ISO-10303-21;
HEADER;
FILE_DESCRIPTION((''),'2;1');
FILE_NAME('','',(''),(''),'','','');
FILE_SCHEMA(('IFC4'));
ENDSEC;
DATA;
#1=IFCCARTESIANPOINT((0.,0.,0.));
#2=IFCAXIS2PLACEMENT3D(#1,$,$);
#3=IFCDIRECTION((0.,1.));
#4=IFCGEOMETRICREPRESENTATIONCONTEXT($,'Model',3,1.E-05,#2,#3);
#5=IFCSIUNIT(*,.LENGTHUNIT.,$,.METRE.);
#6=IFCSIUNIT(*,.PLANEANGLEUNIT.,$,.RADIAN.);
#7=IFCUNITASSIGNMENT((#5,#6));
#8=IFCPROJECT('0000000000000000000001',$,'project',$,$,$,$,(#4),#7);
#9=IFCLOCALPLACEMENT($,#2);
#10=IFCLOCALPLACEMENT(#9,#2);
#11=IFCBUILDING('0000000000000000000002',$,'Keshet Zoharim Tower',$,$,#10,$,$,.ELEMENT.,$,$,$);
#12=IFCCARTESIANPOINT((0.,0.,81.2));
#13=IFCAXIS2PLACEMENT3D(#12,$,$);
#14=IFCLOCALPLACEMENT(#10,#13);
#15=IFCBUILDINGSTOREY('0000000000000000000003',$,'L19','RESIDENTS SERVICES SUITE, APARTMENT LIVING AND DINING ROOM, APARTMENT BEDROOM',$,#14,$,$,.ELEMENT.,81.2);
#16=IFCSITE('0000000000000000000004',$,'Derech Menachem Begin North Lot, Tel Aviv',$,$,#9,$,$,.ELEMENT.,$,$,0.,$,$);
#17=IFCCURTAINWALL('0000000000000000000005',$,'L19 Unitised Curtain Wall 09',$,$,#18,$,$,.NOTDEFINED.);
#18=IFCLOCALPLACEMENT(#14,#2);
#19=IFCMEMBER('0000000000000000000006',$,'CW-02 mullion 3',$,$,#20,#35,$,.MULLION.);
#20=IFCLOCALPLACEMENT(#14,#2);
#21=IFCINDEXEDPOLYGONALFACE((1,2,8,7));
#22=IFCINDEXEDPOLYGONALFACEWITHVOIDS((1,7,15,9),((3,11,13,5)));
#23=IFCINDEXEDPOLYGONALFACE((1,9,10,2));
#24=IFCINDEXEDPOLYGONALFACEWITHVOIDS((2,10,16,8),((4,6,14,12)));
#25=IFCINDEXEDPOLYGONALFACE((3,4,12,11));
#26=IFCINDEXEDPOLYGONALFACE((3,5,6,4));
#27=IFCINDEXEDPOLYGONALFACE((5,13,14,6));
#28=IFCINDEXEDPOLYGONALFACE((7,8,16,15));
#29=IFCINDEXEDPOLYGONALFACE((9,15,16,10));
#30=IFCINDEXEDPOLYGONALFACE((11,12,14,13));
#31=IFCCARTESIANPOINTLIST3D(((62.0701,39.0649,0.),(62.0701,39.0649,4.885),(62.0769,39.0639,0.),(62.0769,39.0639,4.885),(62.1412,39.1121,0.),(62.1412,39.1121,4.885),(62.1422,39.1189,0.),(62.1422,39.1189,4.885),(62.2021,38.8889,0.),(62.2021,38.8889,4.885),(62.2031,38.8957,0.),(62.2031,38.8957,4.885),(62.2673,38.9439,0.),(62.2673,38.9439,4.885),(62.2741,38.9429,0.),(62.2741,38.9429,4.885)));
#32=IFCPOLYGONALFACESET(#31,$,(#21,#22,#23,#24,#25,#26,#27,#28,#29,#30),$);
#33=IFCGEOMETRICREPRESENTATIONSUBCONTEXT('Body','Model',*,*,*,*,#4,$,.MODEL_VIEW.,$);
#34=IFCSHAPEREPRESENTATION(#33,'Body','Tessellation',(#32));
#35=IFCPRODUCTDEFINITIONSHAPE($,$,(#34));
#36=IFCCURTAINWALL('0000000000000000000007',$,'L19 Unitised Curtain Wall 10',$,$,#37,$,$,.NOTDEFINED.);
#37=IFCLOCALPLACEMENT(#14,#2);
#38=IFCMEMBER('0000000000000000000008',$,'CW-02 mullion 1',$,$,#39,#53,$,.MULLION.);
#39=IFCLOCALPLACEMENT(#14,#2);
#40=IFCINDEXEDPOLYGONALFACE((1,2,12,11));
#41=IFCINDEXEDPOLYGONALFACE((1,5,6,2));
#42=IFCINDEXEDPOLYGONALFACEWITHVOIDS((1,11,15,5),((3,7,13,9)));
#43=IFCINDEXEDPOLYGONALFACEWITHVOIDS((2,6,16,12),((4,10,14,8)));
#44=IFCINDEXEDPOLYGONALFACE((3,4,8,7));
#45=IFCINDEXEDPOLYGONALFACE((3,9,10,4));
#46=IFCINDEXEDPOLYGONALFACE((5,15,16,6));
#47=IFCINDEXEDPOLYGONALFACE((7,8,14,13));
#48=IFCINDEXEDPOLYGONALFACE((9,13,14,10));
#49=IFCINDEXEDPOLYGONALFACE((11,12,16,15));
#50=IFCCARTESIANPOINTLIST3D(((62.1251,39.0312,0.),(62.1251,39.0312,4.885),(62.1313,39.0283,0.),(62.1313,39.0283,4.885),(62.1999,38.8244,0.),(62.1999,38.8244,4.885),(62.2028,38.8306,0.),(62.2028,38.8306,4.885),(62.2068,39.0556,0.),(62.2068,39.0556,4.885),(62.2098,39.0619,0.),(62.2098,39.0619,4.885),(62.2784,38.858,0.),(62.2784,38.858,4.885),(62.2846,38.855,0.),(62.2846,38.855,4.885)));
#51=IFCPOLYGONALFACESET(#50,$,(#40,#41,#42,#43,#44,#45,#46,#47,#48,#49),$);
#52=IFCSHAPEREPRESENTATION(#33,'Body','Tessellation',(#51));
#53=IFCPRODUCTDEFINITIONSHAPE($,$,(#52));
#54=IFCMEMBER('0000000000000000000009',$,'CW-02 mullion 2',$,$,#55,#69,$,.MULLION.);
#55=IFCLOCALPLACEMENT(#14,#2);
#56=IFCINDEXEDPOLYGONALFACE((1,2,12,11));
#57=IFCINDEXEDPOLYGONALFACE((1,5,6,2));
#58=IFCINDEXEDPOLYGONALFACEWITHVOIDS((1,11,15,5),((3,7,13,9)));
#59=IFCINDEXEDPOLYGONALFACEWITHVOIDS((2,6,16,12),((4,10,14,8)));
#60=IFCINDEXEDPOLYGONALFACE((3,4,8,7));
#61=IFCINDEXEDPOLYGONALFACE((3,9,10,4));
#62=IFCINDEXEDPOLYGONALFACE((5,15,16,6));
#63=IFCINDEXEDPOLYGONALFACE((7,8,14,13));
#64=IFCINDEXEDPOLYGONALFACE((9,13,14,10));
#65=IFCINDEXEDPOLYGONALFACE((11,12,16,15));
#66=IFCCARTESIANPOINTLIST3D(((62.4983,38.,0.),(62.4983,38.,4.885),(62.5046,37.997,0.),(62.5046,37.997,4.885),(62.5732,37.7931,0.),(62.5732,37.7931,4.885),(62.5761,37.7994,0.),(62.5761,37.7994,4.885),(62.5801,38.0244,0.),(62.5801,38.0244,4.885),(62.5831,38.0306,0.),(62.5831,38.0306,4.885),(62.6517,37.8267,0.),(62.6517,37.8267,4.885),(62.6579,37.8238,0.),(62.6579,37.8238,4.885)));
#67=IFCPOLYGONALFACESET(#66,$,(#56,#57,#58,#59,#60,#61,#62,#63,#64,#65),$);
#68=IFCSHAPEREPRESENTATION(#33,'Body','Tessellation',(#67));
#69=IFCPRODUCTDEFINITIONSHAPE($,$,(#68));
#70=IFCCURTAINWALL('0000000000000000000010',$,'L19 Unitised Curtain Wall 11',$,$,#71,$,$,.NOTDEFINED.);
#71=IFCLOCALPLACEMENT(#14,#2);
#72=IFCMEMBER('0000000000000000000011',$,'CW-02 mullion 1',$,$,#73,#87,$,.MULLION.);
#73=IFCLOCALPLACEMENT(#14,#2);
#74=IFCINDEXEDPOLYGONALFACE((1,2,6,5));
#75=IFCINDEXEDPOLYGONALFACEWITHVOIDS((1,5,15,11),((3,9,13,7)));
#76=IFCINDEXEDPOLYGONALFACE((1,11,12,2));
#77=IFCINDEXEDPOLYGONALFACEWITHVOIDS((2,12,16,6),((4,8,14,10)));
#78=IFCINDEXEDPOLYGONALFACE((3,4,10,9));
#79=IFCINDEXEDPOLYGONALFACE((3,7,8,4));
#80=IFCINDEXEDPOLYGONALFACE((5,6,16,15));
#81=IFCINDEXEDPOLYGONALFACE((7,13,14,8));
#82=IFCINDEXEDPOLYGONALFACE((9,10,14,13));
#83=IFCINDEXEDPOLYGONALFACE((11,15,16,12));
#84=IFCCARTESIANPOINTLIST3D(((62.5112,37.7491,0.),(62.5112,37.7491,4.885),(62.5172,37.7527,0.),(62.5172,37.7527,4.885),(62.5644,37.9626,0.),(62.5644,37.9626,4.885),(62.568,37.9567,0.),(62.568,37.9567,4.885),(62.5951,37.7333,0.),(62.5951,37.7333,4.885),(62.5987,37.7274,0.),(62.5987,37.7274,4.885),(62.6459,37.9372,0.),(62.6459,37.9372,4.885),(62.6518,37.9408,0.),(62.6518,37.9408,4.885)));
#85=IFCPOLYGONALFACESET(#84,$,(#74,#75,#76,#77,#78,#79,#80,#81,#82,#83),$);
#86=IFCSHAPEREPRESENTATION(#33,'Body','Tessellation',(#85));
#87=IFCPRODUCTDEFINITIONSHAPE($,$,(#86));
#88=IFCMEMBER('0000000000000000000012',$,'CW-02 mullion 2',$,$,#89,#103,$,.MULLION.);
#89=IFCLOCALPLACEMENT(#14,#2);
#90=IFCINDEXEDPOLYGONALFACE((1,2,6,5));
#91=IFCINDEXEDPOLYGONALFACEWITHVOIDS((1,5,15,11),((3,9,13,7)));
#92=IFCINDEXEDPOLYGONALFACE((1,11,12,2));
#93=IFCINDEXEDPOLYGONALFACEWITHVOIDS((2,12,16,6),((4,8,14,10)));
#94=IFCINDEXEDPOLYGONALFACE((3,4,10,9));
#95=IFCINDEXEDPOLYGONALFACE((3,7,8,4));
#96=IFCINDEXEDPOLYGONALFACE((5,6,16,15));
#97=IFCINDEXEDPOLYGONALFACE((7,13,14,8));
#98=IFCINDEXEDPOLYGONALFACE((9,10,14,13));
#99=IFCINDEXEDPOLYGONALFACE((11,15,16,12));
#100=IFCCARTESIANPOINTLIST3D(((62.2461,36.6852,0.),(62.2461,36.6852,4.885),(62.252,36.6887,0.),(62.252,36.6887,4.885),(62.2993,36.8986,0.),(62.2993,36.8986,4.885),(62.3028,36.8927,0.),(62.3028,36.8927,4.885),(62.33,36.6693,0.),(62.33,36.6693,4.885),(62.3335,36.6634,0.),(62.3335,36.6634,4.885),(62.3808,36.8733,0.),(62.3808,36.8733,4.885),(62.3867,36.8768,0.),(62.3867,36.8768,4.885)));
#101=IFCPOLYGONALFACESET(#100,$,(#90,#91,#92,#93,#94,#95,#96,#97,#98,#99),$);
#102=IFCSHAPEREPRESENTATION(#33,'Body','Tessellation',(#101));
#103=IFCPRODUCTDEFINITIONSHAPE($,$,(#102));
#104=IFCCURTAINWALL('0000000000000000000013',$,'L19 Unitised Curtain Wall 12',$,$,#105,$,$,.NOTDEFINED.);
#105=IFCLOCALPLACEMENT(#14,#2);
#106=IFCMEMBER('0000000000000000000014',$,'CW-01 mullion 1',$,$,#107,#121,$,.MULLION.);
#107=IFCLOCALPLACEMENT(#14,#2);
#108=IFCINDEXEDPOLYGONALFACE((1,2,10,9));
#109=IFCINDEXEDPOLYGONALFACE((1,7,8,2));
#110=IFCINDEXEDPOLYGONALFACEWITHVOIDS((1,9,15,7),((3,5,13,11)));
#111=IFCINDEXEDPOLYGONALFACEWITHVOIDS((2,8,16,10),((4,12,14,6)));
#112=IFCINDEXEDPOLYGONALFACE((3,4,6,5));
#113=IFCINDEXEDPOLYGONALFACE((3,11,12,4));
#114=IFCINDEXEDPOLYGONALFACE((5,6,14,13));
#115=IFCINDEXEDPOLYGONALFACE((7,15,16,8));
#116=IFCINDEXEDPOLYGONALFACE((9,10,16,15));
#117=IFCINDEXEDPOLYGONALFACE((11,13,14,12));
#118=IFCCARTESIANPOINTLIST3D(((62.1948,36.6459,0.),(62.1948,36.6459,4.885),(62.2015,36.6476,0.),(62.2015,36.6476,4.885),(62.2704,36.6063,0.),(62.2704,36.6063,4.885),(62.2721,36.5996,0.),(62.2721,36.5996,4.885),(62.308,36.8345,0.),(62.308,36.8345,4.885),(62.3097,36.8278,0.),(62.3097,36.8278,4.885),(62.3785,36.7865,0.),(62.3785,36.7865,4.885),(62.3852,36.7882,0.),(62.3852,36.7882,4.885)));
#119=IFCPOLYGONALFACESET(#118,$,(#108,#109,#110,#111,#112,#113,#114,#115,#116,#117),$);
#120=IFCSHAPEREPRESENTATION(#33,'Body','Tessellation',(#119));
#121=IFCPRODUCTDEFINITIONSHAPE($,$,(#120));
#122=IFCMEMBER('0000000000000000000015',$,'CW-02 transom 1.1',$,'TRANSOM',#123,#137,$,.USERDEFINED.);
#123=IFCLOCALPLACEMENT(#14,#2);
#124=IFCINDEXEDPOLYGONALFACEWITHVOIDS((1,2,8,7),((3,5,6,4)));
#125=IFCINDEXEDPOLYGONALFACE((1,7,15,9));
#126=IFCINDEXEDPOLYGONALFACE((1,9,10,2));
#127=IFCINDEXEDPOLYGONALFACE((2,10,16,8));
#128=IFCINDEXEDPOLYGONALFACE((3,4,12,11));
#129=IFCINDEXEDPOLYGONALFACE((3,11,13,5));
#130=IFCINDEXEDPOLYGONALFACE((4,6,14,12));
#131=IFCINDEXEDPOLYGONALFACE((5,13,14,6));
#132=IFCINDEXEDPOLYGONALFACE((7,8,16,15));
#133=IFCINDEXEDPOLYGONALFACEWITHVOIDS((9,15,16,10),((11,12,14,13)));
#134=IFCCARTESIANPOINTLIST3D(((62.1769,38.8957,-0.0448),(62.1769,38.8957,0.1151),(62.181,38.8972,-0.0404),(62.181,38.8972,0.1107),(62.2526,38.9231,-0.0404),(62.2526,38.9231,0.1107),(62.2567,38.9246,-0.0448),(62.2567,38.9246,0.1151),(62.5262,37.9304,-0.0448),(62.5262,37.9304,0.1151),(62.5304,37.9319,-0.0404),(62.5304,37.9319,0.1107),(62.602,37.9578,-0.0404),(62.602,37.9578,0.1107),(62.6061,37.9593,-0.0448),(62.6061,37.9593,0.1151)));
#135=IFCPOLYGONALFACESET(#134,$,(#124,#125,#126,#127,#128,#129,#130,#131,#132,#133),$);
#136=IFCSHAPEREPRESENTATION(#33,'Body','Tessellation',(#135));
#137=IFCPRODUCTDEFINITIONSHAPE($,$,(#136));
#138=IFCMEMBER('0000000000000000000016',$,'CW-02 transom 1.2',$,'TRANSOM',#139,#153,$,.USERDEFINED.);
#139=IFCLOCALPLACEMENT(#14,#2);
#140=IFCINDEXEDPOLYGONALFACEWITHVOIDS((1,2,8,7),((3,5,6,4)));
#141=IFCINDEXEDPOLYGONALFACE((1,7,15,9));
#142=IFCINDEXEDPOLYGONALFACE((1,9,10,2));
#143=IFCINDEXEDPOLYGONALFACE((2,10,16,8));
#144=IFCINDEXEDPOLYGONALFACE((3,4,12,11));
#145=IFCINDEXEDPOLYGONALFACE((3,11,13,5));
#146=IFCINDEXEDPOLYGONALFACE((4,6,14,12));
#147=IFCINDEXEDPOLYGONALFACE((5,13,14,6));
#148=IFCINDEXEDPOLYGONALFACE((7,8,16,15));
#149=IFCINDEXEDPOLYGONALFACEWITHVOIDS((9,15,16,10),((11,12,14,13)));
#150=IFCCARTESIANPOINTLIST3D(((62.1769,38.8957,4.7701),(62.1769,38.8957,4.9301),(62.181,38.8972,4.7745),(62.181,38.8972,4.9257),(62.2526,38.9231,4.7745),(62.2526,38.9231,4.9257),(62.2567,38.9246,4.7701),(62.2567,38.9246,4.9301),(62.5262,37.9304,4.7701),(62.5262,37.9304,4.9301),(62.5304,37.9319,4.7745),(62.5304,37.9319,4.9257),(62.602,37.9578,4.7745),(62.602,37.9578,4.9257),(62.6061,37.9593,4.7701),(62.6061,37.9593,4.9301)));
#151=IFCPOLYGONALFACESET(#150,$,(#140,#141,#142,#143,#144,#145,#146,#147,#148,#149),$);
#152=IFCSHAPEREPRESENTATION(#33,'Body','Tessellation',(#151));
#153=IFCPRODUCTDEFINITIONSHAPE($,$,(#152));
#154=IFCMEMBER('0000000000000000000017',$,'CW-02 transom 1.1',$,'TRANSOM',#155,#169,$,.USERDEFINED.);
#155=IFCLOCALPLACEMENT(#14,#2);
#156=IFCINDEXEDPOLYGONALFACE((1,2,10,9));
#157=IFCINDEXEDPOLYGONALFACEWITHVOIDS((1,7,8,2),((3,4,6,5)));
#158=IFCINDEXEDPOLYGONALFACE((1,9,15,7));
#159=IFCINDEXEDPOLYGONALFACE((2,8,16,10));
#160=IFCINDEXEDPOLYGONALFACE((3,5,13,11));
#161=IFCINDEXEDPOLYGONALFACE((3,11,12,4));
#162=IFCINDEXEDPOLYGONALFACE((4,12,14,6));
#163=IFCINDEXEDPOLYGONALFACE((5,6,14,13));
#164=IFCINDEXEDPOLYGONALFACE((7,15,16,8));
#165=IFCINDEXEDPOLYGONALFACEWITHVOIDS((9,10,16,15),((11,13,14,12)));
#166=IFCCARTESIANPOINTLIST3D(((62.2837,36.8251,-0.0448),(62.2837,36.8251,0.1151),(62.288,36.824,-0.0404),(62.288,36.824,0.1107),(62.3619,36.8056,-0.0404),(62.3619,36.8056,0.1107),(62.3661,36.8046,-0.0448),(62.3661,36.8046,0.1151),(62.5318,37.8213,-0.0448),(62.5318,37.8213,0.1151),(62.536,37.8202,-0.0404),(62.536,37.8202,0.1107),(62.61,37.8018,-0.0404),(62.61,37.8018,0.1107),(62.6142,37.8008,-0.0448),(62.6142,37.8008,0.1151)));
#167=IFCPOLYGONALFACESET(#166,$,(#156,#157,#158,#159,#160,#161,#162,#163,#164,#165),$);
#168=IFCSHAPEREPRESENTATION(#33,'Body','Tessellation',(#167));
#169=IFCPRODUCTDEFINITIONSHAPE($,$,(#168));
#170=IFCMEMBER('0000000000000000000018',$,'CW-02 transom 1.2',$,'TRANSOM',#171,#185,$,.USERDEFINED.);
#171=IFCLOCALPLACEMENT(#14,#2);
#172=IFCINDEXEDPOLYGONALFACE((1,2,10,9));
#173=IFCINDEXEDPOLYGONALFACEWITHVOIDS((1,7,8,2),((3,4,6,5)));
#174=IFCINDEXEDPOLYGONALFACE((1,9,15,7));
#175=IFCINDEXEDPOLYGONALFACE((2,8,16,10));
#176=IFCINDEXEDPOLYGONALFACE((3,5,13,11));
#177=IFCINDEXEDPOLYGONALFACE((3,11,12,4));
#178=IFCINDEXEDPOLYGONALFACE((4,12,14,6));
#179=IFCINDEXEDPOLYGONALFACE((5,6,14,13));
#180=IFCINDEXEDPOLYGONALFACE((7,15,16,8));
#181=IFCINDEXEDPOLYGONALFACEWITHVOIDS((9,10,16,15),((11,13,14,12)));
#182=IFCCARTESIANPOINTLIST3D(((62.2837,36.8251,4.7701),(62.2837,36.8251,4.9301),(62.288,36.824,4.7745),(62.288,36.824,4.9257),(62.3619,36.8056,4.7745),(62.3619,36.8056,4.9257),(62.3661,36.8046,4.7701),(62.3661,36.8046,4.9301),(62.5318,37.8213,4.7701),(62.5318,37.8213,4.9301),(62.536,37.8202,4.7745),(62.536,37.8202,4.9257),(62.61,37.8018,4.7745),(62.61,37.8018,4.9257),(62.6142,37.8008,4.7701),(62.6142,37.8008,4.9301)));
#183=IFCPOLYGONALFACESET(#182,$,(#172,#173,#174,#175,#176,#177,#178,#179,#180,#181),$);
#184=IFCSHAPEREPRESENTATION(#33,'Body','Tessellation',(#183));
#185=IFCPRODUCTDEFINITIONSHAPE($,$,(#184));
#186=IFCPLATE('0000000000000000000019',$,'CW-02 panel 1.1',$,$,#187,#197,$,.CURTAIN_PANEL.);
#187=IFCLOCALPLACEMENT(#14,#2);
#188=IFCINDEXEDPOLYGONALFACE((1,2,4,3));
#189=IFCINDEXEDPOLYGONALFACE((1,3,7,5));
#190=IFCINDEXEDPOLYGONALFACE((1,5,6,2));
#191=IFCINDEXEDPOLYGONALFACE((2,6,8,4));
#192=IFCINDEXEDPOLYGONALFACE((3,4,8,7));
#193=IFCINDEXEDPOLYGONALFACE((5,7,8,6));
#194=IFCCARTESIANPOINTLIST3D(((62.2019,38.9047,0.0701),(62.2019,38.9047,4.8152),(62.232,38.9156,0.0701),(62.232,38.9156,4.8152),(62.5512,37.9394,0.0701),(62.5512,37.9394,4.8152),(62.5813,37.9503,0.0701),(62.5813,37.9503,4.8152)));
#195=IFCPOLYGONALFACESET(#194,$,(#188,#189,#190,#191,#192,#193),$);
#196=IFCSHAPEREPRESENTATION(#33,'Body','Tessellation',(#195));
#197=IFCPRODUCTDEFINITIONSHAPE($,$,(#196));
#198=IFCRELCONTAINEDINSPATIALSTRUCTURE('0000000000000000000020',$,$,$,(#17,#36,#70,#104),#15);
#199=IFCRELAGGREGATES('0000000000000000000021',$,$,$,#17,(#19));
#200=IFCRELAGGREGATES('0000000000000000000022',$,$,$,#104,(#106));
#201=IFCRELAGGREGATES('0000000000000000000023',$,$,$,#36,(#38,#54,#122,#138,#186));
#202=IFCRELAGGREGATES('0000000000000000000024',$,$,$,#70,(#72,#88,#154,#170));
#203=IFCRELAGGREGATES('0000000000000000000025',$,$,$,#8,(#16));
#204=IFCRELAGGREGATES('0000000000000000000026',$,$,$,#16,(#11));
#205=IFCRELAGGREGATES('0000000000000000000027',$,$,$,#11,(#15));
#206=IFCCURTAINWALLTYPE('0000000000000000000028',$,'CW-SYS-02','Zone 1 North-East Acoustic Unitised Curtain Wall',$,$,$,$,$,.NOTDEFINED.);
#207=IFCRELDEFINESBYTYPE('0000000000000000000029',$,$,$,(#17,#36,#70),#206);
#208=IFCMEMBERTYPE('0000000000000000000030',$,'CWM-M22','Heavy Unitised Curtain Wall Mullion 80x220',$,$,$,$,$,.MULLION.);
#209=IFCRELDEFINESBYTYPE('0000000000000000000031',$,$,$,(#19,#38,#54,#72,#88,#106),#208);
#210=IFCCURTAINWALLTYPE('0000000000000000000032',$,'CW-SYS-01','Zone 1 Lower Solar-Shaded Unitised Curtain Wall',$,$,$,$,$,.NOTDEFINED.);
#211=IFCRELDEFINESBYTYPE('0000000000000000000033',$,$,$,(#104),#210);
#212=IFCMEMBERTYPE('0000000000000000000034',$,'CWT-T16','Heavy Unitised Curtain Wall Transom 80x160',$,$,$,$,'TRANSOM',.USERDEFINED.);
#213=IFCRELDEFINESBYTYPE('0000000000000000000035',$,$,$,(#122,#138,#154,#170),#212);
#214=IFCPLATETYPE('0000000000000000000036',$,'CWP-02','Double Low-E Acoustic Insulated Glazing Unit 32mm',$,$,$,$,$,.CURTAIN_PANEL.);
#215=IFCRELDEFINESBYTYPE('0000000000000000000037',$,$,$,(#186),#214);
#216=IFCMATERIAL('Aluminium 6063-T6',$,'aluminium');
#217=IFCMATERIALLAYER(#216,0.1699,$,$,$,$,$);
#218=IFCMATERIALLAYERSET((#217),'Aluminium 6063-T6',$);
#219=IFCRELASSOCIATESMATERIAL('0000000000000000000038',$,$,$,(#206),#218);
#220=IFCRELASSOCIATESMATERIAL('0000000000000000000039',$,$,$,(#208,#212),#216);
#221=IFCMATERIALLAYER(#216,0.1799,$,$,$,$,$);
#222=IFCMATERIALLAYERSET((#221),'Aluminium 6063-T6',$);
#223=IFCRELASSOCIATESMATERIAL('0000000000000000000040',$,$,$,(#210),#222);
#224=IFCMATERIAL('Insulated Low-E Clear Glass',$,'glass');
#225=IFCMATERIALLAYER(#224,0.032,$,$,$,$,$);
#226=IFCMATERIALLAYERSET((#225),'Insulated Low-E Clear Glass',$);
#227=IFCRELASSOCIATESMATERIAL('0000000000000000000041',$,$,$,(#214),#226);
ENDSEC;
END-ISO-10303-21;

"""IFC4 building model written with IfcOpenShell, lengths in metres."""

from ifc_helpers import new_model, si_unit, direction, frame, origin, origin_2d, place, context, subcontext, project, spatial, rectangle, hollow_rectangle, extrude, material, layer, layer_set, material_profile, profile_set, type_object, element, aggregate, save


model = new_model("IFC4")

# Units and contexts
model_context = context("Model", 3, precision=1e-05, world=origin(), true_north=direction((0.0, 1.0)))
body_context = subcontext(model_context, "Body", "Model", "MODEL_VIEW")
ifc_project = project(units=[si_unit("LENGTHUNIT", "METRE"), si_unit("PLANEANGLEUNIT", "RADIAN")], contexts=[model_context])

# Site, building, storey
site_placement = place(None, origin())
site = spatial("IfcSite", under=ifc_project, at=site_placement, Name="Derech Menachem Begin North Lot, Tel Aviv", CompositionType="ELEMENT", RefElevation=0.0)
building_placement = place(site_placement, origin())
building = spatial("IfcBuilding", under=site, at=building_placement, Name="Keshet Zoharim Tower", CompositionType="ELEMENT")
storey_placement = place(building_placement, frame((0.0, 0.0, 81.2)))
storey = spatial("IfcBuildingStorey", under=building, at=storey_placement, Name="L19", Description="RESIDENTS SERVICES SUITE, APARTMENT LIVING AND DINING ROOM, APARTMENT BEDROOM", CompositionType="ELEMENT", Elevation=81.2)

# Curtain wall, member
ifc_material_1 = material(Name="Aluminium 6063-T6", Category="aluminium")
ifc_layer_1 = layer(ifc_material_1, 0.1699)
ifc_layer_set_1 = layer_set([ifc_layer_1], Name="Aluminium 6063-T6")
curtain_wall_type_1 = type_object("IfcCurtainWallType", Name="CW-SYS-02", Description="Zone 1 North-East Acoustic Unitised Curtain Wall", PredefinedType="NOTDEFINED", material=ifc_layer_set_1)
curtain_wall_1_placement = place(storey_placement, origin())
curtain_wall_1 = element("IfcCurtainWall", 1, at=curtain_wall_1_placement, inside=storey, type_object=curtain_wall_type_1, Name="L19 Unitised Curtain Wall 09", PredefinedType="NOTDEFINED")
ifc_material_profile_1 = material_profile(ifc_material_1, hollow_rectangle(XDim=0.0901, YDim=0.22, WallThickness=0.0049, at=origin_2d()), Name="MUL-90x220")
ifc_profile_set_1 = profile_set([ifc_material_profile_1], Name="Aluminium 6063-T6")
member_type_1 = type_object("IfcMemberType", Name="CWM-M22", Description="Heavy Unitised Curtain Wall Mullion 80x220", PredefinedType="MULLION", material=ifc_profile_set_1)
member_1_placement = place(storey_placement, frame((62.1721, 39.0039, 0.0), z_axis=(0.0, 0.0, 1.0), x_axis=(0.8, 0.6, 0.0)))
member_1 = element("IfcMember", 2, at=member_1_placement, type_object=member_type_1, Name="CW-02 mullion 3", PredefinedType="MULLION", context=body_context, shape_type="SweptSolid", body=[
    extrude(hollow_rectangle(XDim=0.0901, YDim=0.22, WallThickness=0.0049, at=origin_2d()), origin(), (0.0, 0.0, 1.0), 4.885),
])
aggregate(curtain_wall_1, [member_1])

# Curtain walls, members
curtain_wall_2_placement = place(storey_placement, origin())
curtain_wall_2 = element("IfcCurtainWall", 3, at=curtain_wall_2_placement, inside=storey, type_object=curtain_wall_type_1, Name="L19 Unitised Curtain Wall 10", PredefinedType="NOTDEFINED")
member_2_placement = place(storey_placement, frame((62.2048, 38.9431, 0.0), z_axis=(0.0, 0.0, 1.0), x_axis=(0.940318, 0.340297, 0.0)))
member_2 = element("IfcMember", 4, at=member_2_placement, type_object=member_type_1, Name="CW-02 mullion 1", PredefinedType="MULLION", context=body_context, shape_type="SweptSolid", body=[
    extrude(hollow_rectangle(XDim=0.0901, YDim=0.22, WallThickness=0.0049, at=origin_2d()), origin(), (0.0, 0.0, 1.0), 4.885),
])
member_3_placement = place(storey_placement, frame((62.5781, 37.9119, 0.0), z_axis=(0.0, 0.0, 1.0), x_axis=(0.940318, 0.340297, 0.0)))
member_3 = element("IfcMember", 5, at=member_3_placement, type_object=member_type_1, Name="CW-02 mullion 2", PredefinedType="MULLION", context=body_context, shape_type="SweptSolid", body=[
    extrude(hollow_rectangle(XDim=0.0901, YDim=0.22, WallThickness=0.0049, at=origin_2d()), origin(), (0.0, 0.0, 1.0), 4.885),
])
curtain_wall_3_placement = place(storey_placement, origin())
curtain_wall_3 = element("IfcCurtainWall", 6, at=curtain_wall_3_placement, inside=storey, type_object=curtain_wall_type_1, Name="L19 Unitised Curtain Wall 11", PredefinedType="NOTDEFINED")
member_4_placement = place(storey_placement, frame((62.5815, 37.845, 0.0), z_axis=(0.0, 0.0, 1.0), x_axis=(0.970344, -0.241729, 0.0)))
member_4 = element("IfcMember", 7, at=member_4_placement, type_object=member_type_1, Name="CW-02 mullion 1", PredefinedType="MULLION", context=body_context, shape_type="SweptSolid", body=[
    extrude(hollow_rectangle(XDim=0.0901, YDim=0.22, WallThickness=0.0049, at=origin_2d()), origin(), (0.0, 0.0, 1.0), 4.885),
])
member_5_placement = place(storey_placement, frame((62.3164, 36.781, 0.0), z_axis=(0.0, 0.0, 1.0), x_axis=(0.970344, -0.241729, 0.0)))
member_5 = element("IfcMember", 8, at=member_5_placement, type_object=member_type_1, Name="CW-02 mullion 2", PredefinedType="MULLION", context=body_context, shape_type="SweptSolid", body=[
    extrude(hollow_rectangle(XDim=0.0901, YDim=0.22, WallThickness=0.0049, at=origin_2d()), origin(), (0.0, 0.0, 1.0), 4.885),
])

# Curtain wall, member
ifc_layer_2 = layer(ifc_material_1, 0.1799)
ifc_layer_set_2 = layer_set([ifc_layer_2], Name="Aluminium 6063-T6")
curtain_wall_type_2 = type_object("IfcCurtainWallType", Name="CW-SYS-01", Description="Zone 1 Lower Solar-Shaded Unitised Curtain Wall", PredefinedType="NOTDEFINED", material=ifc_layer_set_2)
curtain_wall_4_placement = place(storey_placement, origin())
curtain_wall_4 = element("IfcCurtainWall", 9, at=curtain_wall_4_placement, inside=storey, type_object=curtain_wall_type_2, Name="L19 Unitised Curtain Wall 12", PredefinedType="NOTDEFINED")
member_6_placement = place(storey_placement, frame((62.29, 36.717, 0.0), z_axis=(0.0, 0.0, 1.0), x_axis=(0.857512, -0.514465, 0.0)))
member_6 = element("IfcMember", 10, at=member_6_placement, type_object=member_type_1, Name="CW-01 mullion 1", PredefinedType="MULLION", context=body_context, shape_type="SweptSolid", body=[
    extrude(hollow_rectangle(XDim=0.0901, YDim=0.22, WallThickness=0.0049, at=origin_2d()), origin(), (0.0, 0.0, 1.0), 4.885),
])
aggregate(curtain_wall_4, [member_6])

# Members
ifc_material_profile_2 = material_profile(ifc_material_1, hollow_rectangle(XDim=0.085, YDim=0.1599, WallThickness=0.0044, at=origin_2d()), Name="TRN-85x160")
ifc_profile_set_2 = profile_set([ifc_material_profile_2], Name="Aluminium 6063-T6")
member_type_2 = type_object("IfcMemberType", Name="CWT-T16", Description="Heavy Unitised Curtain Wall Transom 80x160", ElementType="TRANSOM", PredefinedType="USERDEFINED", material=ifc_profile_set_2)
member_7_placement = place(storey_placement, frame((62.2168, 38.9102, 0.0352), z_axis=(0.340311, -0.940313, 0.0), x_axis=(0.940313, 0.340311, 0.0)))
member_7 = element("IfcMember", 11, at=member_7_placement, type_object=member_type_2, Name="CW-02 transom 1.1", ObjectType="TRANSOM", PredefinedType="USERDEFINED", context=body_context, shape_type="SweptSolid", body=[
    extrude(hollow_rectangle(XDim=0.085, YDim=0.1599, WallThickness=0.0044, at=origin_2d()), origin(), (0.0, 0.0, 1.0), 1.0266),
])
member_8_placement = place(storey_placement, frame((62.2168, 38.9102, 4.8501), z_axis=(0.340311, -0.940313, 0.0), x_axis=(0.940313, 0.340311, 0.0)))
member_8 = element("IfcMember", 12, at=member_8_placement, type_object=member_type_2, Name="CW-02 transom 1.2", ObjectType="TRANSOM", PredefinedType="USERDEFINED", context=body_context, shape_type="SweptSolid", body=[
    extrude(hollow_rectangle(XDim=0.085, YDim=0.1599, WallThickness=0.0044, at=origin_2d()), origin(), (0.0, 0.0, 1.0), 1.0266),
])
member_9_placement = place(storey_placement, frame((62.573, 37.811, 0.0352), z_axis=(-0.24164, -0.970366, 0.0), x_axis=(0.970366, -0.24164, 0.0)))
member_9 = element("IfcMember", 13, at=member_9_placement, type_object=member_type_2, Name="CW-02 transom 1.1", ObjectType="TRANSOM", PredefinedType="USERDEFINED", context=body_context, shape_type="SweptSolid", body=[
    extrude(hollow_rectangle(XDim=0.085, YDim=0.1599, WallThickness=0.0044, at=origin_2d()), origin(), (0.0, 0.0, 1.0), 1.0266),
])
member_10_placement = place(storey_placement, frame((62.573, 37.811, 4.8501), z_axis=(-0.24164, -0.970366, 0.0), x_axis=(0.970366, -0.24164, 0.0)))
member_10 = element("IfcMember", 14, at=member_10_placement, type_object=member_type_2, Name="CW-02 transom 1.2", ObjectType="TRANSOM", PredefinedType="USERDEFINED", context=body_context, shape_type="SweptSolid", body=[
    extrude(hollow_rectangle(XDim=0.085, YDim=0.1599, WallThickness=0.0044, at=origin_2d()), origin(), (0.0, 0.0, 1.0), 1.0266),
])

# Plate
ifc_material_2 = material(Name="Insulated Low-E Clear Glass", Category="glass")
ifc_layer_3 = layer(ifc_material_2, 0.032)
ifc_layer_set_3 = layer_set([ifc_layer_3], Name="Insulated Low-E Clear Glass")
plate_type = type_object("IfcPlateType", Name="CWP-02", Description="Double Low-E Acoustic Insulated Glazing Unit 32mm", PredefinedType="CURTAIN_PANEL", material=ifc_layer_set_3)
plate_1_placement = place(storey_placement, frame((62.3916, 38.4275, 0.0701), z_axis=(0.0, 0.0, 1.0), x_axis=(0.340297, -0.940318, 0.0)))
plate_1 = element("IfcPlate", 15, at=plate_1_placement, type_object=plate_type, Name="CW-02 panel 1.1", PredefinedType="CURTAIN_PANEL", context=body_context, shape_type="SweptSolid", body=[
    extrude(rectangle(XDim=1.0266, YDim=0.032, at=origin_2d()), origin(), (0.0, 0.0, 1.0), 4.7451),
])
aggregate(curtain_wall_2, [member_2, member_3, member_7, member_8, plate_1])
aggregate(curtain_wall_3, [member_4, member_5, member_9, member_10])

save(model, "model.ifc")
